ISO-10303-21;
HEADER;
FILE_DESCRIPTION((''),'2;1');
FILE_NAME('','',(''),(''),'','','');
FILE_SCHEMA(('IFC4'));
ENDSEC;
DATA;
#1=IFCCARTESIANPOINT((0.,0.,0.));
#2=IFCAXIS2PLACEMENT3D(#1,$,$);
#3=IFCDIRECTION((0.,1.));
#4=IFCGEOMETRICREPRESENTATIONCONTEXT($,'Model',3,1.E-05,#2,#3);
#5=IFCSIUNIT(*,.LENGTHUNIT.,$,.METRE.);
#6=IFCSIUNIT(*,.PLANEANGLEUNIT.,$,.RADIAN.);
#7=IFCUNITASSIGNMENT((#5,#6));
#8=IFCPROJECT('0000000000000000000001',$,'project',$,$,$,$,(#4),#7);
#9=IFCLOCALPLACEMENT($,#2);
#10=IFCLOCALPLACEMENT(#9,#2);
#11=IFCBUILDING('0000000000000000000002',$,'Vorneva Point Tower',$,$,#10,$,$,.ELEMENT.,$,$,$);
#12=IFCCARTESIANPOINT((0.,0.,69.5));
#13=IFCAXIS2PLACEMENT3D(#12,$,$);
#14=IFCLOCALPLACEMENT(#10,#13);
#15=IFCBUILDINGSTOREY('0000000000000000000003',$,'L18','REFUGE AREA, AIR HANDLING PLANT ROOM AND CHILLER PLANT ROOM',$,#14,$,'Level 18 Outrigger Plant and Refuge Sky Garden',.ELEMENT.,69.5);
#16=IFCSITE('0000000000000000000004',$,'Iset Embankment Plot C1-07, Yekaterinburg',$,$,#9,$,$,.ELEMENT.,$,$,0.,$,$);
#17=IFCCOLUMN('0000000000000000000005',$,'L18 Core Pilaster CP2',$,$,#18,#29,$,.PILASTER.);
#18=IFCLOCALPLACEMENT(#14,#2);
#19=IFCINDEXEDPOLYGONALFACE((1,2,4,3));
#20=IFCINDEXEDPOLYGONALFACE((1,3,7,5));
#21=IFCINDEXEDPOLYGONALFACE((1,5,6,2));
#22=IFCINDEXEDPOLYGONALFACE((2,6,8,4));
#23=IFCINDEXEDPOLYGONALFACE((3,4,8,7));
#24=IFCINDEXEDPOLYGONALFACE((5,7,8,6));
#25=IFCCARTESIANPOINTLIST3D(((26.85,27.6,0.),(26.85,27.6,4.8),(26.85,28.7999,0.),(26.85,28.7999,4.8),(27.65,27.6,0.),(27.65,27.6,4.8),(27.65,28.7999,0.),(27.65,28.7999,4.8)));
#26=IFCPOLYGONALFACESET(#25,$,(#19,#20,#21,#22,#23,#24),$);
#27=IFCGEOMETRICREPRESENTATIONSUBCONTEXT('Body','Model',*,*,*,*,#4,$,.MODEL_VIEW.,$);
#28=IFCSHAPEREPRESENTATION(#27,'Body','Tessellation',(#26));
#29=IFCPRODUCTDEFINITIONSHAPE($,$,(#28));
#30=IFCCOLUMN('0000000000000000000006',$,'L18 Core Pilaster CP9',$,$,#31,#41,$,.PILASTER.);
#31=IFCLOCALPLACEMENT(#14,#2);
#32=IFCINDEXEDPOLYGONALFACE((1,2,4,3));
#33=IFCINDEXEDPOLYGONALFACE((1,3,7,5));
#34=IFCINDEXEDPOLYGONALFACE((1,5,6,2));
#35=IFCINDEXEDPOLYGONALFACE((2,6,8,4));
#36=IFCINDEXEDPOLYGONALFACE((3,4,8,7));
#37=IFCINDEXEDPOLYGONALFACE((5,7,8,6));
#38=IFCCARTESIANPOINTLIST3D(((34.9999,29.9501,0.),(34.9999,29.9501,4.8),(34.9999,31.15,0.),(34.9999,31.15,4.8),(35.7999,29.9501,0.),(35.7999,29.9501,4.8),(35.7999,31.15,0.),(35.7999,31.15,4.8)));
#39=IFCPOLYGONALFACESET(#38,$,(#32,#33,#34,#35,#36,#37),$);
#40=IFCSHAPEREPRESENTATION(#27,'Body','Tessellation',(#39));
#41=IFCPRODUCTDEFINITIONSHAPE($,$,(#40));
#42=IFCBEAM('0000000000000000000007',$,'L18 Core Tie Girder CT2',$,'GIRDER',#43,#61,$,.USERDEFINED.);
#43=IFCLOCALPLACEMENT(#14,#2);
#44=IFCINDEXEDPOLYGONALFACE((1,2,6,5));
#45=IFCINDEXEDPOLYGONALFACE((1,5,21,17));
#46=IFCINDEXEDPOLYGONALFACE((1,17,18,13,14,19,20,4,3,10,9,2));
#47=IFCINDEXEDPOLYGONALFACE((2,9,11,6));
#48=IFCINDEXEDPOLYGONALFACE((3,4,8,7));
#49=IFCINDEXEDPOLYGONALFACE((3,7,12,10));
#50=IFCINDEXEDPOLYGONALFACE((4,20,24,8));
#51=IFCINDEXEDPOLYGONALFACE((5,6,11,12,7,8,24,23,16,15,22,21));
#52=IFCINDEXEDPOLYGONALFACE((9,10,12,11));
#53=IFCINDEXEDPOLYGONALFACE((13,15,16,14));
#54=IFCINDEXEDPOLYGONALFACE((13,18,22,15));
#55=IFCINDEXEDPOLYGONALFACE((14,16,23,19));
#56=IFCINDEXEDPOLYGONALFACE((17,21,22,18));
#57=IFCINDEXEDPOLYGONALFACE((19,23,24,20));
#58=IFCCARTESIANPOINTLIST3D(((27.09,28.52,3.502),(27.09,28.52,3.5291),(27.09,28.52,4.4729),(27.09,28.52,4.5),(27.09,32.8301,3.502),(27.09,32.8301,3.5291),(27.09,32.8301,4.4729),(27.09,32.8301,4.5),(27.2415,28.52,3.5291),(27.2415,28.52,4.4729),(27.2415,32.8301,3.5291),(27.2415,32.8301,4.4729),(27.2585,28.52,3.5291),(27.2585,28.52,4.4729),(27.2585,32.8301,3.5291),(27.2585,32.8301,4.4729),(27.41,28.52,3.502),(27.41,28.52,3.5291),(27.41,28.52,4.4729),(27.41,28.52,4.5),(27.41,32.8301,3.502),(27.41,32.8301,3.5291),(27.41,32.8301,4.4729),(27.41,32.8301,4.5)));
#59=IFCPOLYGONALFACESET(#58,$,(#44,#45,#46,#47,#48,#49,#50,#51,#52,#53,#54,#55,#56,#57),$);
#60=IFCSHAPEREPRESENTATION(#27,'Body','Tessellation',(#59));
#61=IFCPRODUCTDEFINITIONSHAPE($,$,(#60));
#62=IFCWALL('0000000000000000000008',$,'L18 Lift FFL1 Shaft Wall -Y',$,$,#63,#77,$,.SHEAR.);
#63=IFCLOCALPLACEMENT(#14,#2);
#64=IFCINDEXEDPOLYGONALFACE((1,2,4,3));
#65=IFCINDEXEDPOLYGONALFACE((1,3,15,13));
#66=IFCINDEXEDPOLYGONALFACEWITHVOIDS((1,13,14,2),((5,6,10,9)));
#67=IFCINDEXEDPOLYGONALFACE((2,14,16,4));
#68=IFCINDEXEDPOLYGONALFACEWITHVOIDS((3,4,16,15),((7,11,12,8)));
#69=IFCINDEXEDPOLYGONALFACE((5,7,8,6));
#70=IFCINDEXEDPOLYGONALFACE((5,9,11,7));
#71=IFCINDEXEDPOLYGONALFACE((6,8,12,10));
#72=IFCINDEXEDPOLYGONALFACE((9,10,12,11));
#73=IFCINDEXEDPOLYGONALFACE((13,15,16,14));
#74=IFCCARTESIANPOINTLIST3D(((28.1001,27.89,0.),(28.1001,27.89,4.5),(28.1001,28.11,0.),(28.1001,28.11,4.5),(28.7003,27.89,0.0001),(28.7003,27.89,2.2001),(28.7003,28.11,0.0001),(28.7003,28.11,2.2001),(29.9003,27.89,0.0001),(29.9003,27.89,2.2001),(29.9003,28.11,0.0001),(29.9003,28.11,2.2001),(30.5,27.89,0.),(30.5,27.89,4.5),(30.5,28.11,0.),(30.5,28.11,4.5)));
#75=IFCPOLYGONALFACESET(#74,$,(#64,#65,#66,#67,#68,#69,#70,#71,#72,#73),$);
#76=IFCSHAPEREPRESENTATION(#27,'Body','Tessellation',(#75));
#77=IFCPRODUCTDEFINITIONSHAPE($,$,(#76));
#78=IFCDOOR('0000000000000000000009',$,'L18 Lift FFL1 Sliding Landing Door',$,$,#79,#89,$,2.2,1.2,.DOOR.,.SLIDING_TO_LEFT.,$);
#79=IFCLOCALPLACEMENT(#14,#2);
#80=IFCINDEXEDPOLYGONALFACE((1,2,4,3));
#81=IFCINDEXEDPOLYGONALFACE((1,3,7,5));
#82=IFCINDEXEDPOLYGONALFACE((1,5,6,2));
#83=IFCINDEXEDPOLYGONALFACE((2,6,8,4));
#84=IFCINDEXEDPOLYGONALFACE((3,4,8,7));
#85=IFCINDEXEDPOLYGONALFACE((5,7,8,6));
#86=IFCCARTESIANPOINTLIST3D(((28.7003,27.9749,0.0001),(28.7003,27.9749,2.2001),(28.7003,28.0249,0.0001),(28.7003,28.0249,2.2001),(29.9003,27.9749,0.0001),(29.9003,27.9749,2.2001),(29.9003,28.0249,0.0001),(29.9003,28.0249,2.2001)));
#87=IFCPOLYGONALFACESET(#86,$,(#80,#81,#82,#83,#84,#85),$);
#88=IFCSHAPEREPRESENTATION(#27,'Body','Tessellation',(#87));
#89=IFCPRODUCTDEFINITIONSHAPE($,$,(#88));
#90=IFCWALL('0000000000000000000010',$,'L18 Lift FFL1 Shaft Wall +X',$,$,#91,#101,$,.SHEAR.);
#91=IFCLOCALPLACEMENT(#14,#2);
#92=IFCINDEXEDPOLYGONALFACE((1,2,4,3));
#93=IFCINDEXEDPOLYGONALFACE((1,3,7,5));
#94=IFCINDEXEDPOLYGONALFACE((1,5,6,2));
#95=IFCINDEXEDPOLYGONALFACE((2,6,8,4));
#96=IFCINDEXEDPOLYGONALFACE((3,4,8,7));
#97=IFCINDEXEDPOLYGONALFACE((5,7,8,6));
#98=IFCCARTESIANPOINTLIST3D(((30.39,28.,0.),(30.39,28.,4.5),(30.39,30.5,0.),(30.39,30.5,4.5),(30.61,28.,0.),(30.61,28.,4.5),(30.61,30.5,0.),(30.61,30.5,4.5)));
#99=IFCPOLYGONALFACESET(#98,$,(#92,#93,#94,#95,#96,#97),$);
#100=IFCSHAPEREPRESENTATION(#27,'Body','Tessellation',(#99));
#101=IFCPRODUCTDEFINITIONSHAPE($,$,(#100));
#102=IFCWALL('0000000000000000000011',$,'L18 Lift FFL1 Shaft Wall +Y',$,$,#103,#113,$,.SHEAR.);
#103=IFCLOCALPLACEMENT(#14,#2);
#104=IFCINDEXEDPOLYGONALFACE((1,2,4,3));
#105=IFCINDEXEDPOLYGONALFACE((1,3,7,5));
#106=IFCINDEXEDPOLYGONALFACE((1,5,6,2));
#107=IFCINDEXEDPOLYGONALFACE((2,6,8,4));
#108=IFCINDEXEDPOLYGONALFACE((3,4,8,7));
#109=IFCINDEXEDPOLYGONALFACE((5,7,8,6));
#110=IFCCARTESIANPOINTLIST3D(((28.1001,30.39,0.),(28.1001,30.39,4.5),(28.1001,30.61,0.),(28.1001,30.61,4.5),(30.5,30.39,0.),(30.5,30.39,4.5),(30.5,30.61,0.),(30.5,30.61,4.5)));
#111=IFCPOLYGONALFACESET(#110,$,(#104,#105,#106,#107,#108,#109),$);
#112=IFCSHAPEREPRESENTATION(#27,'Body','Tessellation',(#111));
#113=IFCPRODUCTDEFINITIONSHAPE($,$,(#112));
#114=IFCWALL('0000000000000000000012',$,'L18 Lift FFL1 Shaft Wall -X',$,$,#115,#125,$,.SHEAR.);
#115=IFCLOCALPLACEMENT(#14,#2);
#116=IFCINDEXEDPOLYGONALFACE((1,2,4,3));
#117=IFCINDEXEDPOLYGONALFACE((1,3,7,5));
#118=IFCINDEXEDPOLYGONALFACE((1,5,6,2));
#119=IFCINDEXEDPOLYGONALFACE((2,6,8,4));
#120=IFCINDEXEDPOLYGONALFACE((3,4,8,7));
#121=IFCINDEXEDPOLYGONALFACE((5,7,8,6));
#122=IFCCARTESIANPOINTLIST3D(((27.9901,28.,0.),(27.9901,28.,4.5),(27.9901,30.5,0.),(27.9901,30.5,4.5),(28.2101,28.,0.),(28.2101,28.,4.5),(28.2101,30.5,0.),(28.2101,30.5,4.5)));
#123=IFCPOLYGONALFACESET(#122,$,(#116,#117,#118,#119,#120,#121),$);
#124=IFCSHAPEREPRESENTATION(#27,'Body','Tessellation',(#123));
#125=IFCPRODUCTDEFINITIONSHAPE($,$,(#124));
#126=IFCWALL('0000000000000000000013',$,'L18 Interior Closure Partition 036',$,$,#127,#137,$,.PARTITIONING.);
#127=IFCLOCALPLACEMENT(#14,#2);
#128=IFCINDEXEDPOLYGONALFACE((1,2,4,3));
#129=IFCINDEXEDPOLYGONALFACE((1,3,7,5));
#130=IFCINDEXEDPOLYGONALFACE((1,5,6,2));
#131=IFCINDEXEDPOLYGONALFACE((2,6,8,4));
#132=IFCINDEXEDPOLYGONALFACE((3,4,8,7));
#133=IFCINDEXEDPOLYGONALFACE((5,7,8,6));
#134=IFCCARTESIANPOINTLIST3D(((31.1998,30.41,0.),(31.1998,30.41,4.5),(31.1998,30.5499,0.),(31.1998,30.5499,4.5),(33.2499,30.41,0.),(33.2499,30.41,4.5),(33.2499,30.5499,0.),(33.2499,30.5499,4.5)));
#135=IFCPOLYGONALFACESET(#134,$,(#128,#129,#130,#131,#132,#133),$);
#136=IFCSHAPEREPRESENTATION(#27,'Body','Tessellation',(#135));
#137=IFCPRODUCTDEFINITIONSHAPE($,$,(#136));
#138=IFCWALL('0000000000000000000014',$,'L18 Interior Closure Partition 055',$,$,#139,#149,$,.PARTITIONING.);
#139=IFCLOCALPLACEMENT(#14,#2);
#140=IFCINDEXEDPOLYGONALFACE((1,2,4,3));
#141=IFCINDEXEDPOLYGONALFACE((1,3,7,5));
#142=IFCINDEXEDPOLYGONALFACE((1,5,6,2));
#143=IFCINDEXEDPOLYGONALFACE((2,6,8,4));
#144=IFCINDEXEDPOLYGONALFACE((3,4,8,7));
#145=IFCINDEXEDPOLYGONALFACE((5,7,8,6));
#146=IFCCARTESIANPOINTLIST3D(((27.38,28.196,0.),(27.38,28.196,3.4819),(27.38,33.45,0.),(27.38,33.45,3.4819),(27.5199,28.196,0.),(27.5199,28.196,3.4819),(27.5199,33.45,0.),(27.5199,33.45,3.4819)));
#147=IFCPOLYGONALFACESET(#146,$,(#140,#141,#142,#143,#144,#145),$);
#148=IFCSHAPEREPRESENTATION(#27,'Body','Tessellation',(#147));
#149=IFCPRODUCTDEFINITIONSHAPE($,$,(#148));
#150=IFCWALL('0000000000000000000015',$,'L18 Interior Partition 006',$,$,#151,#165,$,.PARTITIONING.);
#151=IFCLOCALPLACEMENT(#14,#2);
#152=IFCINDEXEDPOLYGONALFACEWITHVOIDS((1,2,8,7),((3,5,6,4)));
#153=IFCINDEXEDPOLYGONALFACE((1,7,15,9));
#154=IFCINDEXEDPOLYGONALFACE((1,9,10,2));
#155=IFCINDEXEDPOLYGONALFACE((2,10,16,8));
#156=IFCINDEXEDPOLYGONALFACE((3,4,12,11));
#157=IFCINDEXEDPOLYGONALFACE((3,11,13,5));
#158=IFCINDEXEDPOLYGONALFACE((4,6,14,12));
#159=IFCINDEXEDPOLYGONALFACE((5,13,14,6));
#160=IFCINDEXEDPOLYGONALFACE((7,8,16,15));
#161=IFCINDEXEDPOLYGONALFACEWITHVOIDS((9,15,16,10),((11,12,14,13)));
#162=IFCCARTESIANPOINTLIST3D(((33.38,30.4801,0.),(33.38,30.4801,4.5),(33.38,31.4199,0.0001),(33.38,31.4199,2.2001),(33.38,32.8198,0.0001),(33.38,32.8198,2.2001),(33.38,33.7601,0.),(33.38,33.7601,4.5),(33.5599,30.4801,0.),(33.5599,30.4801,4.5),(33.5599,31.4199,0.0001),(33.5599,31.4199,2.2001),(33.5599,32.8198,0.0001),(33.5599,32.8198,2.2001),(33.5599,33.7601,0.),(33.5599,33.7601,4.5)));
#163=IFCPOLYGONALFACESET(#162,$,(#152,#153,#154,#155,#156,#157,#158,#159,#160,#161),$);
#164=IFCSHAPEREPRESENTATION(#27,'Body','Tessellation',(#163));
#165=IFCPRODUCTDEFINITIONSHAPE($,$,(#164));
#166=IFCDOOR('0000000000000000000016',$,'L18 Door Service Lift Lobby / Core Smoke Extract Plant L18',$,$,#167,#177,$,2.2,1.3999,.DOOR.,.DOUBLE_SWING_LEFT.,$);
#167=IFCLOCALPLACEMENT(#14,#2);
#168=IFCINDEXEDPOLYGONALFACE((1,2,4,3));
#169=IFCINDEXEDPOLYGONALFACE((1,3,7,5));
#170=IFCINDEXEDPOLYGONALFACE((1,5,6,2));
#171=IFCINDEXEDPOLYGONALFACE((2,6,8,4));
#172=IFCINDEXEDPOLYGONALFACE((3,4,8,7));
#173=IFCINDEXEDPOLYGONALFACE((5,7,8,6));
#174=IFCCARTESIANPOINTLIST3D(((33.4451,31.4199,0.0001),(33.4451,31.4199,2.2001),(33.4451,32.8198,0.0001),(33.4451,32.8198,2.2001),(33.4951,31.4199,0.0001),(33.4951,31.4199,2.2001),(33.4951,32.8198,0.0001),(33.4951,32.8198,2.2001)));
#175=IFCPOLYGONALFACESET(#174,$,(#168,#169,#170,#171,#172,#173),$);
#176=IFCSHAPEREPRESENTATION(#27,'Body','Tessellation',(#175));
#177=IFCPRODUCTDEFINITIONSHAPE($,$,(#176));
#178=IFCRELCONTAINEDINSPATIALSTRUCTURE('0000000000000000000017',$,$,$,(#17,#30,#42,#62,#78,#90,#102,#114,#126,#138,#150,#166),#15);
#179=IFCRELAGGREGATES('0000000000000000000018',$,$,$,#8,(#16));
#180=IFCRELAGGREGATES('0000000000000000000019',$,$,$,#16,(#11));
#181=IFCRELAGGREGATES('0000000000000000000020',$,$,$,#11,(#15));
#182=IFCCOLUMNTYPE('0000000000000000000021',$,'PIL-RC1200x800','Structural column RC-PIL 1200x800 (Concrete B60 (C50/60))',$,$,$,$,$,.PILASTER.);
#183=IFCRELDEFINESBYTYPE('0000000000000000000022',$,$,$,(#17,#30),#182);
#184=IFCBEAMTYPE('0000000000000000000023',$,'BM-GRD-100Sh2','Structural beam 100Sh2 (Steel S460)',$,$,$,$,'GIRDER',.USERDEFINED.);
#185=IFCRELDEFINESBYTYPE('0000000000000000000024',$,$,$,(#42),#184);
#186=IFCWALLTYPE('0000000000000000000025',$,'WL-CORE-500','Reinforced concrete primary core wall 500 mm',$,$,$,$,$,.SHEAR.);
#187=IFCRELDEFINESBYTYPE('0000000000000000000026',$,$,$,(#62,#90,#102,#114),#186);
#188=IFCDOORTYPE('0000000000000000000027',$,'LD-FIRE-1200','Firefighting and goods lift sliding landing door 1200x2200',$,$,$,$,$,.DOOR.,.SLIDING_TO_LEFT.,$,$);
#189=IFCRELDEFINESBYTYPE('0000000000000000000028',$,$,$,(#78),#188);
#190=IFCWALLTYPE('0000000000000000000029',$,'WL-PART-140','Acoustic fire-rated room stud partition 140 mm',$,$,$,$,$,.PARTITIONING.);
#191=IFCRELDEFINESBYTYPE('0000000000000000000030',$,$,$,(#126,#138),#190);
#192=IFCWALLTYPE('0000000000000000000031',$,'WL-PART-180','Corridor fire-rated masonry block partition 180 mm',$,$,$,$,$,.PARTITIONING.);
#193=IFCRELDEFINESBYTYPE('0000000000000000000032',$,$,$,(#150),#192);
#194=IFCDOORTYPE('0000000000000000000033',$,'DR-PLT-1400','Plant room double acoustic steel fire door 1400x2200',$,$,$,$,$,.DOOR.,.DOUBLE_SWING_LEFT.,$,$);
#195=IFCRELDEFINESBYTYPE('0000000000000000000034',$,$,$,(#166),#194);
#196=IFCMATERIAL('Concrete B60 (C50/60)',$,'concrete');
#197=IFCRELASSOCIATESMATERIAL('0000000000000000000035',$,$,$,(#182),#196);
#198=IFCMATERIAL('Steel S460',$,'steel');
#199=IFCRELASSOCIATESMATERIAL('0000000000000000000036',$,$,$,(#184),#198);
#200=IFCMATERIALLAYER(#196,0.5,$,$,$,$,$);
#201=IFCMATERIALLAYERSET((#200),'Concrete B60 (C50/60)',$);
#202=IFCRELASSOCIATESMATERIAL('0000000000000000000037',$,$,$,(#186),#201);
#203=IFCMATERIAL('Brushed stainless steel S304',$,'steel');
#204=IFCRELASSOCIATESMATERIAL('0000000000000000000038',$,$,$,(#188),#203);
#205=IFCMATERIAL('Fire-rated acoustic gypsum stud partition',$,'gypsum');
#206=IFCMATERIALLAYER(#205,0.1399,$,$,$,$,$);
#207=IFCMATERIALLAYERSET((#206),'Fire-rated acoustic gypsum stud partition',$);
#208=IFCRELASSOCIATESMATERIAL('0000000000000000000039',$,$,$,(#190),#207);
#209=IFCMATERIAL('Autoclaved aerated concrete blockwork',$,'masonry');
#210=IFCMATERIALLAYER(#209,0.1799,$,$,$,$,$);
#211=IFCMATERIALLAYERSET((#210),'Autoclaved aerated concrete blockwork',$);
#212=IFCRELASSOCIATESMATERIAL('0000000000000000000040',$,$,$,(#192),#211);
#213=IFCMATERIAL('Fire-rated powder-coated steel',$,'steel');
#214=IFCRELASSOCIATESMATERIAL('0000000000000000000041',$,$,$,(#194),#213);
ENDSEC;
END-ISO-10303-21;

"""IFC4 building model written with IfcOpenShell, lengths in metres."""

from ifc_helpers import new_model, si_unit, direction, frame, frame_2d, origin, origin_2d, place, context, subcontext, project, spatial, rectangle, i_section, extrude, material, layer, layer_set, material_profile, profile_set, type_object, element, fill, save


model = new_model("IFC4")

# Units and contexts
model_context = context("Model", 3, precision=1e-05, world=origin(), true_north=direction((0.0, 1.0)))
body_context = subcontext(model_context, "Body", "Model", "MODEL_VIEW")
ifc_project = project(units=[si_unit("LENGTHUNIT", "METRE"), si_unit("PLANEANGLEUNIT", "RADIAN")], contexts=[model_context])

# Site, building, storey
site_placement = place(None, origin())
site = spatial("IfcSite", under=ifc_project, at=site_placement, Name="Iset Embankment Plot C1-07, Yekaterinburg", CompositionType="ELEMENT", RefElevation=0.0)
building_placement = place(site_placement, origin())
building = spatial("IfcBuilding", under=site, at=building_placement, Name="Vorneva Point Tower", CompositionType="ELEMENT")
storey_placement = place(building_placement, frame((0.0, 0.0, 69.5)))
storey = spatial("IfcBuildingStorey", under=building, at=storey_placement, Name="L18", Description="REFUGE AREA, AIR HANDLING PLANT ROOM AND CHILLER PLANT ROOM", LongName="Level 18 Outrigger Plant and Refuge Sky Garden", CompositionType="ELEMENT", Elevation=69.5)

# Columns
ifc_material_1 = material(Name="Concrete B60 (C50/60)", Category="concrete")
ifc_material_profile_1 = material_profile(ifc_material_1, rectangle(XDim=0.8, YDim=1.2, at=origin_2d()), Name="RC-PIL 1200x800")
ifc_profile_set_1 = profile_set([ifc_material_profile_1], Name="Concrete B60 (C50/60)")
column_type = type_object("IfcColumnType", Name="PIL-RC1200x800", Description="Structural column RC-PIL 1200x800 (Concrete B60 (C50/60))", PredefinedType="PILASTER", material=ifc_profile_set_1)
for number, where, z_axis, x_axis, name in (
    (1, (27.25, 28.2, 0.0), (0.0, 0.0, 1.0), (1.0, 0.0, 0.0), "L18 Core Pilaster CP2"),
    (2, (35.3999, 30.55, 0.0), (0.0, 0.0, 1.0), (1.0, 0.0, 0.0), "L18 Core Pilaster CP9"),
):
    element("IfcColumn", number, at=place(storey_placement, frame(where, z_axis=z_axis, x_axis=x_axis)), inside=storey, type_object=column_type, Name=name, PredefinedType="PILASTER", context=body_context, shape_type="SweptSolid", body=[
        extrude(rectangle(XDim=0.8, YDim=1.2, at=origin_2d()), origin(), (0.0, 0.0, 1.0), 4.8),
    ])

# Beam
ifc_material_2 = material(Name="Steel S460", Category="steel")
ifc_material_profile_2 = material_profile(ifc_material_2, i_section(OverallWidth=0.3201, OverallDepth=0.998, WebThickness=0.0171, FlangeThickness=0.0271, at=origin_2d()), Name="100Sh2")
ifc_profile_set_2 = profile_set([ifc_material_profile_2], Name="Steel S460")
beam_type = type_object("IfcBeamType", Name="BM-GRD-100Sh2", Description="Structural beam 100Sh2 (Steel S460)", ElementType="GIRDER", PredefinedType="USERDEFINED", material=ifc_profile_set_2)
beam_placement = place(storey_placement, frame((27.25, 28.52, 4.001), z_axis=(0.0, 1.0, 0.0), x_axis=(-1.0, 0.0, 0.0)))
element("IfcBeam", 3, at=beam_placement, inside=storey, type_object=beam_type, Name="L18 Core Tie Girder CT2", ObjectType="GIRDER", PredefinedType="USERDEFINED", context=body_context, shape_type="SweptSolid", body=[
    extrude(i_section(OverallWidth=0.3201, OverallDepth=0.998, WebThickness=0.0171, FlangeThickness=0.0271, at=origin_2d()), origin(), (0.0, 0.0, 1.0), 4.3101),
])

# Wall, opening, door
ifc_layer_1 = layer(ifc_material_1, 0.5)
ifc_layer_set_1 = layer_set([ifc_layer_1], Name="Concrete B60 (C50/60)")
wall_type_1 = type_object("IfcWallType", Name="WL-CORE-500", Description="Reinforced concrete primary core wall 500 mm", PredefinedType="SHEAR", material=ifc_layer_set_1)
wall_1_placement = place(storey_placement, frame((28.1001, 28.0, 0.0), z_axis=(0.0, 0.0, 1.0), x_axis=(1.0, 0.0, 0.0)))
wall_1 = element("IfcWall", 4, at=wall_1_placement, inside=storey, type_object=wall_type_1, Name="L18 Lift FFL1 Shaft Wall -Y", PredefinedType="SHEAR", context=body_context, shape_type="SweptSolid", body=[
    extrude(rectangle(XDim=2.3999, YDim=0.22, at=frame_2d((1.2, 0.0))), origin(), (0.0, 0.0, 1.0), 4.5),
])
opening_1_placement = place(wall_1_placement, frame((0.6001, 0.0, 0.0)))
opening_1 = element("IfcOpeningElement", 5, at=opening_1_placement, cuts=wall_1, PredefinedType="OPENING", context=body_context, shape_type="SweptSolid", body=[
    extrude(rectangle(XDim=1.2, YDim=2.2, at=frame_2d((0.6001, 1.1001))), frame((0.0, 0.125, 0.0), z_axis=(0.0, -1.0, 0.0), x_axis=(1.0, 0.0, 0.0)), (0.0, 0.0, 1.0), 0.2498),
])
ifc_material_3 = material(Name="Brushed stainless steel S304", Category="steel")
door_type_1 = type_object("IfcDoorType", Name="LD-FIRE-1200", Description="Firefighting and goods lift sliding landing door 1200x2200", OperationType="SLIDING_TO_LEFT", PredefinedType="DOOR", material=ifc_material_3)
door_1_placement = place(opening_1_placement, origin())
door_1 = element("IfcDoor", 6, at=door_1_placement, inside=storey, type_object=door_type_1, Name="L18 Lift FFL1 Sliding Landing Door", OperationType="SLIDING_TO_LEFT", OverallHeight=2.2, OverallWidth=1.2, PredefinedType="DOOR", context=body_context, shape_type="SweptSolid", body=[
    extrude(rectangle(XDim=1.2, YDim=2.2, at=frame_2d((0.6001, 1.1001))), frame((0.0, 0.0249, 0.0), z_axis=(0.0, -1.0, 0.0), x_axis=(1.0, 0.0, 0.0)), (0.0, 0.0, 1.0), 0.05),
])
fill(opening_1, door_1)

# Walls
wall_2_placement = place(storey_placement, frame((30.5, 28.0, 0.0), z_axis=(0.0, 0.0, 1.0), x_axis=(0.0, 1.0, 0.0)))
element("IfcWall", 7, at=wall_2_placement, inside=storey, type_object=wall_type_1, Name="L18 Lift FFL1 Shaft Wall +X", PredefinedType="SHEAR", context=body_context, shape_type="SweptSolid", body=[
    extrude(rectangle(XDim=2.5, YDim=0.22, at=frame_2d((1.25, 0.0))), origin(), (0.0, 0.0, 1.0), 4.5),
])
wall_3_placement = place(storey_placement, frame((30.5, 30.5, 0.0), z_axis=(0.0, 0.0, 1.0), x_axis=(-1.0, 0.0, 0.0)))
element("IfcWall", 8, at=wall_3_placement, inside=storey, type_object=wall_type_1, Name="L18 Lift FFL1 Shaft Wall +Y", PredefinedType="SHEAR", context=body_context, shape_type="SweptSolid", body=[
    extrude(rectangle(XDim=2.3999, YDim=0.22, at=frame_2d((1.2, 0.0))), origin(), (0.0, 0.0, 1.0), 4.5),
])
wall_4_placement = place(storey_placement, frame((28.1001, 30.5, 0.0), z_axis=(0.0, 0.0, 1.0), x_axis=(0.0, -1.0, 0.0)))
element("IfcWall", 9, at=wall_4_placement, inside=storey, type_object=wall_type_1, Name="L18 Lift FFL1 Shaft Wall -X", PredefinedType="SHEAR", context=body_context, shape_type="SweptSolid", body=[
    extrude(rectangle(XDim=2.5, YDim=0.22, at=frame_2d((1.25, 0.0))), origin(), (0.0, 0.0, 1.0), 4.5),
])
ifc_material_4 = material(Name="Fire-rated acoustic gypsum stud partition", Category="gypsum")
ifc_layer_2 = layer(ifc_material_4, 0.1399)
ifc_layer_set_2 = layer_set([ifc_layer_2], Name="Fire-rated acoustic gypsum stud partition")
wall_type_2 = type_object("IfcWallType", Name="WL-PART-140", Description="Acoustic fire-rated room stud partition 140 mm", PredefinedType="PARTITIONING", material=ifc_layer_set_2)
wall_5_placement = place(storey_placement, frame((31.2, 30.48, 0.0), z_axis=(0.0, 0.0, 1.0), x_axis=(1.0, 0.0, 0.0)))
element("IfcWall", 10, at=wall_5_placement, inside=storey, type_object=wall_type_2, Name="L18 Interior Closure Partition 036", PredefinedType="PARTITIONING", context=body_context, shape_type="SweptSolid", body=[
    extrude(rectangle(XDim=2.05, YDim=0.1399, at=frame_2d((1.0249, 0.0))), origin(), (0.0, 0.0, 1.0), 4.5),
])
wall_6_placement = place(storey_placement, frame((27.45, 28.196, 0.0), z_axis=(0.0, 0.0, 1.0), x_axis=(0.0, 1.0, 0.0)))
element("IfcWall", 11, at=wall_6_placement, inside=storey, type_object=wall_type_2, Name="L18 Interior Closure Partition 055", PredefinedType="PARTITIONING", context=body_context, shape_type="SweptSolid", body=[
    extrude(rectangle(XDim=5.2539, YDim=0.1399, at=frame_2d((2.627, 0.0))), origin(), (0.0, 0.0, 1.0), 3.4819),
])

# Wall, opening, door
ifc_material_5 = material(Name="Autoclaved aerated concrete blockwork", Category="masonry")
ifc_layer_3 = layer(ifc_material_5, 0.1799)
ifc_layer_set_3 = layer_set([ifc_layer_3], Name="Autoclaved aerated concrete blockwork")
wall_type_3 = type_object("IfcWallType", Name="WL-PART-180", Description="Corridor fire-rated masonry block partition 180 mm", PredefinedType="PARTITIONING", material=ifc_layer_set_3)
ifc_material_6 = material(Name="Fire-rated powder-coated steel", Category="steel")
wall_7_placement = place(storey_placement, frame((33.47, 30.48, 0.0), z_axis=(0.0, 0.0, 1.0), x_axis=(0.0, 1.0, 0.0)))
wall_7 = element("IfcWall", 12, at=wall_7_placement, inside=storey, type_object=wall_type_3, Name="L18 Interior Partition 006", PredefinedType="PARTITIONING", context=body_context, shape_type="SweptSolid", body=[
    extrude(rectangle(XDim=3.28, YDim=0.1799, at=frame_2d((1.6401, 0.0))), origin(), (0.0, 0.0, 1.0), 4.5),
])
opening_2_placement = place(wall_7_placement, frame((0.9399, 0.0, 0.0)))
opening_2 = element("IfcOpeningElement", 13, at=opening_2_placement, cuts=wall_7, PredefinedType="OPENING", context=body_context, shape_type="SweptSolid", body=[
    extrude(rectangle(XDim=1.3999, YDim=2.2, at=frame_2d((0.7, 1.1001))), frame((0.0, 0.105, 0.0), z_axis=(0.0, -1.0, 0.0), x_axis=(1.0, 0.0, 0.0)), (0.0, 0.0, 1.0), 0.2097),
])
door_type_2 = type_object("IfcDoorType", Name="DR-PLT-1400", Description="Plant room double acoustic steel fire door 1400x2200", OperationType="DOUBLE_SWING_LEFT", PredefinedType="DOOR", material=ifc_material_6)
door_2_placement = place(opening_2_placement, origin())
door_2 = element("IfcDoor", 14, at=door_2_placement, inside=storey, type_object=door_type_2, Name="L18 Door Service Lift Lobby / Core Smoke Extract Plant L18", OperationType="DOUBLE_SWING_LEFT", OverallHeight=2.2, OverallWidth=1.3999, PredefinedType="DOOR", context=body_context, shape_type="SweptSolid", body=[
    extrude(rectangle(XDim=1.3999, YDim=2.2, at=frame_2d((0.7, 1.1001))), frame((0.0, 0.0249, 0.0), z_axis=(0.0, -1.0, 0.0), x_axis=(1.0, 0.0, 0.0)), (0.0, 0.0, 1.0), 0.05),
])
fill(opening_2, door_2)

save(model, "model.ifc")
